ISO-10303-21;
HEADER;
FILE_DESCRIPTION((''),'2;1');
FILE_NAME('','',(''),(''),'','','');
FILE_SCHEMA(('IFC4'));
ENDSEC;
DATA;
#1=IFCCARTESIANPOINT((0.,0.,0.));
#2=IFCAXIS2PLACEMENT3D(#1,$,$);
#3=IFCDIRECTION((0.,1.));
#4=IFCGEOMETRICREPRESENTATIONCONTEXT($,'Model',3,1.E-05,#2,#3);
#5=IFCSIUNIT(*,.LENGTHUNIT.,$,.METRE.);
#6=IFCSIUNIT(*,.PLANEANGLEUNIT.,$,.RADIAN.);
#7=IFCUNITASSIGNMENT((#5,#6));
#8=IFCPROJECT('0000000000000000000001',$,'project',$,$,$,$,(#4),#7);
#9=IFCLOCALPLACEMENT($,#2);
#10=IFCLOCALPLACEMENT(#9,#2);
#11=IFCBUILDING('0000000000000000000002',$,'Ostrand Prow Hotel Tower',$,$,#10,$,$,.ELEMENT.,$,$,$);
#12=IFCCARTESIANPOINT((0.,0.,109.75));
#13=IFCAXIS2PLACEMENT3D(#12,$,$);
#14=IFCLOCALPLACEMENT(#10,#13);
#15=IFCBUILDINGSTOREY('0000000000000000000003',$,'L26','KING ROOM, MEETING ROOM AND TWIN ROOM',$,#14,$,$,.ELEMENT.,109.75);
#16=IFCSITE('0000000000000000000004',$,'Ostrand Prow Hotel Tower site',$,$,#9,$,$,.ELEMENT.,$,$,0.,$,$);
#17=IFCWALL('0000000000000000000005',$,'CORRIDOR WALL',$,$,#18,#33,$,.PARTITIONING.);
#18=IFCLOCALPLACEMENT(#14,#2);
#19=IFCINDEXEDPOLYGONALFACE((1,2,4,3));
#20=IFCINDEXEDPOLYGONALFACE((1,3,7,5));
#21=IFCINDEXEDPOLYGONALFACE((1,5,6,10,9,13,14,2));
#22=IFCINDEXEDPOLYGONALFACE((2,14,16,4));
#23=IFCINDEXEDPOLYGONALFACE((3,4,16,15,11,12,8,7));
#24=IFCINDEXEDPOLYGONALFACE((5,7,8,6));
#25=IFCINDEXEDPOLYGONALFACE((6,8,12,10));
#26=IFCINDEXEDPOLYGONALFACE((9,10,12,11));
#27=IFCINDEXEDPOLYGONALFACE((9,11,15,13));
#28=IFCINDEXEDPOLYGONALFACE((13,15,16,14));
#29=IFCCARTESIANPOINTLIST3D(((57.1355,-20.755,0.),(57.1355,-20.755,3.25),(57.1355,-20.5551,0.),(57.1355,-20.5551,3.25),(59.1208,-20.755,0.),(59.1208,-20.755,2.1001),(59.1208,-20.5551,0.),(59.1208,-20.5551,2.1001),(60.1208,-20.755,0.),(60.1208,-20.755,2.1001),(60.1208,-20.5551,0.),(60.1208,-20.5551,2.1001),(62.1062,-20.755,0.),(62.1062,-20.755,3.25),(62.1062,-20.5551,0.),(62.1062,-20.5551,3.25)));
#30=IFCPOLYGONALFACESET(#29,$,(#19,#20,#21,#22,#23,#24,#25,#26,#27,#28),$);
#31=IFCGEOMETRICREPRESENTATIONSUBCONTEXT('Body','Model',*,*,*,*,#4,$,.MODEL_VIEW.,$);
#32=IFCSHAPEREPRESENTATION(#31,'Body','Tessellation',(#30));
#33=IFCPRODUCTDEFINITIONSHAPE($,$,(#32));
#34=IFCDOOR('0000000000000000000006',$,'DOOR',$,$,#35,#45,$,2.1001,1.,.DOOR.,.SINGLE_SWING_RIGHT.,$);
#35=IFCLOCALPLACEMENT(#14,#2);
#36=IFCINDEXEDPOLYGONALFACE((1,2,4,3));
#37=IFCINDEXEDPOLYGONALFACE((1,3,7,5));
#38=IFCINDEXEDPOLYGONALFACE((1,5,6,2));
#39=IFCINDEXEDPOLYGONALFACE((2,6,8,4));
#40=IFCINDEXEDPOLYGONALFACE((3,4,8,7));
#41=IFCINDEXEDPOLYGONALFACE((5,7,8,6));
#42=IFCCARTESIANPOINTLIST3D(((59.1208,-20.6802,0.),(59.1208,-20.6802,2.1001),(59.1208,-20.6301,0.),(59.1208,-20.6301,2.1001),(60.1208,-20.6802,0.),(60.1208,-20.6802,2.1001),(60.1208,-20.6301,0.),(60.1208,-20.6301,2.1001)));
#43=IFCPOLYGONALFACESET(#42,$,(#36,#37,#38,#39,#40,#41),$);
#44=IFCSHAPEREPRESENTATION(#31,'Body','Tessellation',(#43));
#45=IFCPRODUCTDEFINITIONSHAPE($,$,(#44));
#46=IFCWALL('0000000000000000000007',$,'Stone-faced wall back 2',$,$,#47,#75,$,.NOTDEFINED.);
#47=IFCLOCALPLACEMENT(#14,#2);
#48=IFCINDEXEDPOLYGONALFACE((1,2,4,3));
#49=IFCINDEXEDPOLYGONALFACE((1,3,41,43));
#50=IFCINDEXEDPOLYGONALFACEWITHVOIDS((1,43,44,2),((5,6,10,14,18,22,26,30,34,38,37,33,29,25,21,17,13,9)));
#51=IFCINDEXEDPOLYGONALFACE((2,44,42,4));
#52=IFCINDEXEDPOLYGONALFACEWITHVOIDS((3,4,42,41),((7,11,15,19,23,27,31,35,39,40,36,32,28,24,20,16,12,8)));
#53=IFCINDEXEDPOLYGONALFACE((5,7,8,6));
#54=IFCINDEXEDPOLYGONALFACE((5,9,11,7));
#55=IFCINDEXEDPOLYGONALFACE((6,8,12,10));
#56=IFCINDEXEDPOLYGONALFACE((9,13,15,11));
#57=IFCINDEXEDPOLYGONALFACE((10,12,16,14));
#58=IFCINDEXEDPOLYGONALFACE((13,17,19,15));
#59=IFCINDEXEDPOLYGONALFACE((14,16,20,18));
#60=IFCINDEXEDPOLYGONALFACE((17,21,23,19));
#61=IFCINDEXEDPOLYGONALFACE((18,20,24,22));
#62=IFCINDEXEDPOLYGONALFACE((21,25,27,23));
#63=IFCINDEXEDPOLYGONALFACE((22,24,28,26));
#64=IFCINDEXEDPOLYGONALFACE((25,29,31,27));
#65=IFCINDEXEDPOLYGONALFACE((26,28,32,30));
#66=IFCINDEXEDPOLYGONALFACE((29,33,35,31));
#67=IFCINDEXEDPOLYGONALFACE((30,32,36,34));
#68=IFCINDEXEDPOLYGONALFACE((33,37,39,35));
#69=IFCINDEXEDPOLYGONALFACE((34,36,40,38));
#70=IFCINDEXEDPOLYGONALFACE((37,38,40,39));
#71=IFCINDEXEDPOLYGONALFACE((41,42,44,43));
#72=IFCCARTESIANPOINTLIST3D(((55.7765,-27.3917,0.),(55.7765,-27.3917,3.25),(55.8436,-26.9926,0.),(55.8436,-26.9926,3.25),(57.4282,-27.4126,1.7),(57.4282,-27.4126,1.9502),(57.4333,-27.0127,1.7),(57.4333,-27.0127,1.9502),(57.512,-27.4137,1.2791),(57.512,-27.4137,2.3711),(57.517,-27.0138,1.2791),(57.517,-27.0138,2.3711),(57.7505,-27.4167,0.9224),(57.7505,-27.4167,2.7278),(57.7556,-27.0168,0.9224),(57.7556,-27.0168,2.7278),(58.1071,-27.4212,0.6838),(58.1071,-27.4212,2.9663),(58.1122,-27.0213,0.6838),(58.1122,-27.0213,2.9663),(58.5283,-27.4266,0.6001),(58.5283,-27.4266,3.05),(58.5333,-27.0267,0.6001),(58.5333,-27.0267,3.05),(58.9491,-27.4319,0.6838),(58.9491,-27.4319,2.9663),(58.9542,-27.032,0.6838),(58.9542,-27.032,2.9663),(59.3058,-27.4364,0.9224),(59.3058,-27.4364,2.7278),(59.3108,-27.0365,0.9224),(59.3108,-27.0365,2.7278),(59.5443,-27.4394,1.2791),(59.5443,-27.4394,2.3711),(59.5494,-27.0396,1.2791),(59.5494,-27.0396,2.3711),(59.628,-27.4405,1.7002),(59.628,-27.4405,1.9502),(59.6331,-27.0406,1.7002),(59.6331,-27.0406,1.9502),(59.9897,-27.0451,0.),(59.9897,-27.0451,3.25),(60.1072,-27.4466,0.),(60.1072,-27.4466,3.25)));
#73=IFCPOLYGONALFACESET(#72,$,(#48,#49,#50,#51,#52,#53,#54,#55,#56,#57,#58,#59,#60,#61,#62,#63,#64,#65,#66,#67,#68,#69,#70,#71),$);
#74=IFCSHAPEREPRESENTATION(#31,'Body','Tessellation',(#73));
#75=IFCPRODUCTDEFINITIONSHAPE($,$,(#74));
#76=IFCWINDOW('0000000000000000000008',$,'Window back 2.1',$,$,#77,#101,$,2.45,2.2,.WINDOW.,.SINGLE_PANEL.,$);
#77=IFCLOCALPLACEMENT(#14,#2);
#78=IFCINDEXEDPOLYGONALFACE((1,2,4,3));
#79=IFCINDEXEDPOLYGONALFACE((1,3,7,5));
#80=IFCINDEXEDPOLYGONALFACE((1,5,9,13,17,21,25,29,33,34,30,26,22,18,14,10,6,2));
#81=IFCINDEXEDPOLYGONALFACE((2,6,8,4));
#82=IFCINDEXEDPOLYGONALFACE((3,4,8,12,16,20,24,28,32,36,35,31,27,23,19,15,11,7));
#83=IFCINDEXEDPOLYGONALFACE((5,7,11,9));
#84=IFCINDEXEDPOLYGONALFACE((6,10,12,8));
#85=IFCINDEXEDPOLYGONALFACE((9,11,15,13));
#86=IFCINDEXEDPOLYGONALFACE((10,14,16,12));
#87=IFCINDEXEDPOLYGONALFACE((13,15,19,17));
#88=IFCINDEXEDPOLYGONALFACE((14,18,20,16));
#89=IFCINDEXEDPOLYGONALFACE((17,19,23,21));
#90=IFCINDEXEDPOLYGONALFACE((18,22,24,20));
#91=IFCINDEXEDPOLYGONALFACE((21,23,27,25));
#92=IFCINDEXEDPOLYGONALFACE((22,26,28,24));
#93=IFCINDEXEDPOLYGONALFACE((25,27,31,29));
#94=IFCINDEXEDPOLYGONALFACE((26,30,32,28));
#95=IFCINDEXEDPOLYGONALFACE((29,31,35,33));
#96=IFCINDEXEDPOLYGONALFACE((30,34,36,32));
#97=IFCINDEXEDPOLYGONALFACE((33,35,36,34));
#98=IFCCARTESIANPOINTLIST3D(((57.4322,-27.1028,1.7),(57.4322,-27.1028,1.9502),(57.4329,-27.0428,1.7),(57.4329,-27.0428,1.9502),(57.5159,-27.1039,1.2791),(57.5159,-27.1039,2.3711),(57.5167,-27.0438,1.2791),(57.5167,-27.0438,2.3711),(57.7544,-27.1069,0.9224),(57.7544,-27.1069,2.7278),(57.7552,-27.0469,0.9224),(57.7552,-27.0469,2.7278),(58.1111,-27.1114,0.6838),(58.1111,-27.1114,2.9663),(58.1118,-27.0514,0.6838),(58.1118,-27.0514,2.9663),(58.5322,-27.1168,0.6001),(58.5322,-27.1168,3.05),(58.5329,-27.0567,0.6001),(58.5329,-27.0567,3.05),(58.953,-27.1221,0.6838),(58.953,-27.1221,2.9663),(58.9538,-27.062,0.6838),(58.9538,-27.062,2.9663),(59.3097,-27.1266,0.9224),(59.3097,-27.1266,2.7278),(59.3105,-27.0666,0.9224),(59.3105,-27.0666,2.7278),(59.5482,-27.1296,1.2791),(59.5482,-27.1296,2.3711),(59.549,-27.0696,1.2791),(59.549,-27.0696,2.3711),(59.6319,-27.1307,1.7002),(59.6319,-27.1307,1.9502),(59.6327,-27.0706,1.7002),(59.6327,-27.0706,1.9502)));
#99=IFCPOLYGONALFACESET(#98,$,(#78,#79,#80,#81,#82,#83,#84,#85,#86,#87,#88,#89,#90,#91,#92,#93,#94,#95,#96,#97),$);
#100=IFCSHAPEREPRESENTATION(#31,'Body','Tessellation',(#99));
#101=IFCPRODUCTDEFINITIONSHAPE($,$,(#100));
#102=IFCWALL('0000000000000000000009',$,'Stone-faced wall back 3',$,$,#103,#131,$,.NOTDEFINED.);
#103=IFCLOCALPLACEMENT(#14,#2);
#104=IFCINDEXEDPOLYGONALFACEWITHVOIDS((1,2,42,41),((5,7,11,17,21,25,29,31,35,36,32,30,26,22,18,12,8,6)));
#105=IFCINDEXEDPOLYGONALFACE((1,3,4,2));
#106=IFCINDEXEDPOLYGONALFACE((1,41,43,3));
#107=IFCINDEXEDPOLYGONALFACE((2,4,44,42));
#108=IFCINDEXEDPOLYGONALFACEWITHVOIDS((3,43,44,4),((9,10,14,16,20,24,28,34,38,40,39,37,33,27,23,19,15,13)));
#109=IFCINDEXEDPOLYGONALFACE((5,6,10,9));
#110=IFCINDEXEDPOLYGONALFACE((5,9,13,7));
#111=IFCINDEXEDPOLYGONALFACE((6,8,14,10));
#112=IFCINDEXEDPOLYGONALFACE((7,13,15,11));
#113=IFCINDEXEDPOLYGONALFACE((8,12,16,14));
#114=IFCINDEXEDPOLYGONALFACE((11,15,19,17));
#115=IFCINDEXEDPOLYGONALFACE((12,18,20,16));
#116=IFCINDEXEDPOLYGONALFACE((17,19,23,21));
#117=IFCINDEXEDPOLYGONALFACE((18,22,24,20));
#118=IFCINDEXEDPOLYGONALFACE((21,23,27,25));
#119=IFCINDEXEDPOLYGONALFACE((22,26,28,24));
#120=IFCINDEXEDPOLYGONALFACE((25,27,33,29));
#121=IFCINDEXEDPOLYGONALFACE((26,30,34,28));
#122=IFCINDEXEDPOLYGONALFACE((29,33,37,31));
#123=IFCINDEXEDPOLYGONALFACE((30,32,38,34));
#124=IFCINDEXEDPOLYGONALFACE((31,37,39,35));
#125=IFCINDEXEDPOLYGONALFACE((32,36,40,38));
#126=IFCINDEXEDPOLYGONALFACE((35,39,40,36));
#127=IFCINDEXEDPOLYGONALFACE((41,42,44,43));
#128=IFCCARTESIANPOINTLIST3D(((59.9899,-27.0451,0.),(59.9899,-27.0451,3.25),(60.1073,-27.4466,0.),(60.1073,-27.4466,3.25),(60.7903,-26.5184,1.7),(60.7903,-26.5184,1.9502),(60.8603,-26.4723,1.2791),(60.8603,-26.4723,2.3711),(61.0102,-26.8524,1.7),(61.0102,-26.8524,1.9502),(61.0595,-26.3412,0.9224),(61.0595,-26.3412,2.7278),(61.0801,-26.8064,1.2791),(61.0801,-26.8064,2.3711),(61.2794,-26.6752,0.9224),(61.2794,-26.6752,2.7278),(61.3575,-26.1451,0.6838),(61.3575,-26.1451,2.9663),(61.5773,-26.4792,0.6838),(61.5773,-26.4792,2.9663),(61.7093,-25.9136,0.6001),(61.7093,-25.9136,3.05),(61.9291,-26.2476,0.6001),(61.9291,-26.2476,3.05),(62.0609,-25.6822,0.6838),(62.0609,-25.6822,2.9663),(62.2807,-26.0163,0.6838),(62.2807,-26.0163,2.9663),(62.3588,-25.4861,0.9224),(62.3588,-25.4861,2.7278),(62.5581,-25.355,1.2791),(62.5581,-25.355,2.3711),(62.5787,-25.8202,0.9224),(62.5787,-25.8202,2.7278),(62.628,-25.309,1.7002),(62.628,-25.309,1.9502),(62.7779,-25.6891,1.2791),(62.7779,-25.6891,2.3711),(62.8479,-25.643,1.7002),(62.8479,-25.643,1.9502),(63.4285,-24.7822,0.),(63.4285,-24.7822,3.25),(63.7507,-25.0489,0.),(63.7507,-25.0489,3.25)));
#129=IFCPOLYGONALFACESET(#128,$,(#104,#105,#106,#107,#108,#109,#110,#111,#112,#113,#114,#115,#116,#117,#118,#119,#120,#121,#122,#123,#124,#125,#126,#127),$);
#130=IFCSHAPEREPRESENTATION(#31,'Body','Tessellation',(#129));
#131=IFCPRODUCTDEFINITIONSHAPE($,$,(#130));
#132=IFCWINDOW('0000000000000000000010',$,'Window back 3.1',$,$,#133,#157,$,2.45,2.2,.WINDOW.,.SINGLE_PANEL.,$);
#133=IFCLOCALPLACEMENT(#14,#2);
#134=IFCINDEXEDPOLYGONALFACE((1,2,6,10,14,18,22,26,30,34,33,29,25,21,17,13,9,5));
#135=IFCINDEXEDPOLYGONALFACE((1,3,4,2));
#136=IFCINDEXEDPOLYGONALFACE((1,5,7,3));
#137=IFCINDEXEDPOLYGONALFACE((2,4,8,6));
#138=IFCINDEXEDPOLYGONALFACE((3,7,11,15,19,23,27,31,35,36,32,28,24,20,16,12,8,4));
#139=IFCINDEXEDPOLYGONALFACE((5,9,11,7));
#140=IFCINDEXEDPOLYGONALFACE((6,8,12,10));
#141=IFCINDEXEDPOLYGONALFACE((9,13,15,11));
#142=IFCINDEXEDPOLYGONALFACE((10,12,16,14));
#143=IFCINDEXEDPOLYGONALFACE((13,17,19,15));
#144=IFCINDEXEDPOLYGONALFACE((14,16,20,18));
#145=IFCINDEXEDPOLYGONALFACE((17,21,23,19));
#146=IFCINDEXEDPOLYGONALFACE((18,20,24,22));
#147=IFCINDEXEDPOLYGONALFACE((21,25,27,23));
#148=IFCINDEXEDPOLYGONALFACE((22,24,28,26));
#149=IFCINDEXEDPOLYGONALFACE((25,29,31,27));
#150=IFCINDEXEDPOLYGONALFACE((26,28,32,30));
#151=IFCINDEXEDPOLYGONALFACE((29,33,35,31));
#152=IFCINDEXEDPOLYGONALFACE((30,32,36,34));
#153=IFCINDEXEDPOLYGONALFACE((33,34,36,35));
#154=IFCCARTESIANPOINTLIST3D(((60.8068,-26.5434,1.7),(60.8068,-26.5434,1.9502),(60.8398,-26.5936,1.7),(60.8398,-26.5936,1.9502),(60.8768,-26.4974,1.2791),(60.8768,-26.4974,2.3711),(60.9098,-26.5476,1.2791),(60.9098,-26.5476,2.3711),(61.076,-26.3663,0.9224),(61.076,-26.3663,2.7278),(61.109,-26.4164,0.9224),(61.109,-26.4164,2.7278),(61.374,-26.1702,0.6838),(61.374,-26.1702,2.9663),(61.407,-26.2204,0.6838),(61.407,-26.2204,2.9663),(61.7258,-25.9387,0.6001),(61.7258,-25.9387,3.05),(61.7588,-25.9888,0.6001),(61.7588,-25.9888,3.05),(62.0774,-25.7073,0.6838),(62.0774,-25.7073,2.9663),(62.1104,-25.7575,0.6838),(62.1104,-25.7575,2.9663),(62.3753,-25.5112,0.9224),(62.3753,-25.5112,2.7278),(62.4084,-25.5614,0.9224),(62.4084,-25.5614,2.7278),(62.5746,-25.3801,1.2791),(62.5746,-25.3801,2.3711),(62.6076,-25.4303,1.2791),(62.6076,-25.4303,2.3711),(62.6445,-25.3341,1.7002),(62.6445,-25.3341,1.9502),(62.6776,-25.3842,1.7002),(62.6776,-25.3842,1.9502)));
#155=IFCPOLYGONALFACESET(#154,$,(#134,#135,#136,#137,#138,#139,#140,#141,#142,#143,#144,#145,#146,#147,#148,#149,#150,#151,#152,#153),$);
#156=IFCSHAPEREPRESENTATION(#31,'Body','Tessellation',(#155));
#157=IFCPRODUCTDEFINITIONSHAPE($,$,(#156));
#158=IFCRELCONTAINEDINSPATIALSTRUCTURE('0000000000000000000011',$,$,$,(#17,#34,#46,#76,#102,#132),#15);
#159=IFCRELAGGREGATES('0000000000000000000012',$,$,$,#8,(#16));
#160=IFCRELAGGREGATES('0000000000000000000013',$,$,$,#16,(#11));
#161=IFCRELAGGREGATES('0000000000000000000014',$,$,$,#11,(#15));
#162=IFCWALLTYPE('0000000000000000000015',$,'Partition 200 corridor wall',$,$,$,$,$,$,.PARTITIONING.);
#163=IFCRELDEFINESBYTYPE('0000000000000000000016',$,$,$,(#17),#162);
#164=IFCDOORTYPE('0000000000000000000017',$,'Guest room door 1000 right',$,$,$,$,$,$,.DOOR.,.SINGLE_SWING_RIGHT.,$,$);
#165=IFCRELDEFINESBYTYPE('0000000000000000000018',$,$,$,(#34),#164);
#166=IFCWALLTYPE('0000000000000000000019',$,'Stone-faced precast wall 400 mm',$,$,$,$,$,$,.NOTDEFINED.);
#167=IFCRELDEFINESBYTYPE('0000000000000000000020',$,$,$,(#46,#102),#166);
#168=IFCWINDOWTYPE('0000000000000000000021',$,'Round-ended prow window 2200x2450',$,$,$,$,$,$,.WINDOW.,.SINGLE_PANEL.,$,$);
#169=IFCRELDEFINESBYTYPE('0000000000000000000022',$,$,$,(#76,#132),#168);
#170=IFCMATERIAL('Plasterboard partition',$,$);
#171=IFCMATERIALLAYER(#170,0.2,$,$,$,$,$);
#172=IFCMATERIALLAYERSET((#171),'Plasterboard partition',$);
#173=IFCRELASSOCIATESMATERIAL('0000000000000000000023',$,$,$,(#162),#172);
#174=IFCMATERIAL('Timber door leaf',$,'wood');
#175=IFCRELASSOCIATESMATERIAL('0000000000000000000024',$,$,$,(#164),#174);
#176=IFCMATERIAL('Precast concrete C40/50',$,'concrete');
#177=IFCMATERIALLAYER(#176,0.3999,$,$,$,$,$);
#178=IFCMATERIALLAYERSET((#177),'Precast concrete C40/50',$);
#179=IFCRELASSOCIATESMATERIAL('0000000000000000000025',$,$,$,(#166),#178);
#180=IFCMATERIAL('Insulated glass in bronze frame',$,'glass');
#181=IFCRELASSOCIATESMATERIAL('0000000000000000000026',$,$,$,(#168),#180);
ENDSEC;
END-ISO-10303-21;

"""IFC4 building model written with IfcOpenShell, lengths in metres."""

from ifc_helpers import new_model, si_unit, direction, frame, frame_2d, origin, place, context, subcontext, project, spatial, polyline, rectangle, outline, extrude, material, layer, layer_set, type_object, element, fill, save


model = new_model("IFC4")

# Units and contexts
model_context = context("Model", 3, precision=1e-05, world=origin(), true_north=direction((0.0, 1.0)))
body_context = subcontext(model_context, "Body", "Model", "MODEL_VIEW")
ifc_project = project(units=[si_unit("LENGTHUNIT", "METRE"), si_unit("PLANEANGLEUNIT", "RADIAN")], contexts=[model_context])

# Site, building, storey
site_placement = place(None, origin())
site = spatial("IfcSite", under=ifc_project, at=site_placement, Name="Ostrand Prow Hotel Tower site", CompositionType="ELEMENT", RefElevation=0.0)
building_placement = place(site_placement, origin())
building = spatial("IfcBuilding", under=site, at=building_placement, Name="Ostrand Prow Hotel Tower", CompositionType="ELEMENT")
storey_placement = place(building_placement, frame((0.0, 0.0, 109.75)))
storey = spatial("IfcBuildingStorey", under=building, at=storey_placement, Name="L26", Description="KING ROOM, MEETING ROOM AND TWIN ROOM", CompositionType="ELEMENT", Elevation=109.75)

# Wall, opening, door
ifc_material_1 = material(Name="Plasterboard partition")
ifc_layer_1 = layer(ifc_material_1, 0.2)
ifc_layer_set_1 = layer_set([ifc_layer_1], Name="Plasterboard partition")
wall_type_1 = type_object("IfcWallType", Name="Partition 200 corridor wall", PredefinedType="PARTITIONING", material=ifc_layer_set_1)
wall_1_placement = place(storey_placement, frame((57.1355, -20.655, 0.0), z_axis=(0.0, 0.0, 1.0), x_axis=(1.0, 0.0, 0.0)))
wall_1 = element("IfcWall", 1, at=wall_1_placement, inside=storey, type_object=wall_type_1, Name="CORRIDOR WALL", PredefinedType="PARTITIONING", context=body_context, shape_type="SweptSolid", body=[
    extrude(rectangle(XDim=4.9707, YDim=0.2, at=frame_2d((2.4854, 0.0))), origin(), (0.0, 0.0, 1.0), 3.25),
])
opening_1_placement = place(wall_1_placement, frame((1.9854, 0.0, 0.0)))
opening_1 = element("IfcOpeningElement", 2, at=opening_1_placement, cuts=wall_1, PredefinedType="OPENING", context=body_context, shape_type="SweptSolid", body=[
    extrude(rectangle(XDim=1.0, YDim=2.1001, at=frame_2d((0.5, 1.05))), frame((0.0, 0.1099, 0.0), z_axis=(0.0, -1.0, 0.0), x_axis=(1.0, 0.0, 0.0)), (0.0, 0.0, 1.0), 0.22),
])
ifc_material_2 = material(Name="Timber door leaf", Category="wood")
door_type_1 = type_object("IfcDoorType", Name="Guest room door 1000 right", OperationType="SINGLE_SWING_RIGHT", PredefinedType="DOOR", material=ifc_material_2)
door_1_placement = place(opening_1_placement, origin())
door_1 = element("IfcDoor", 3, at=door_1_placement, inside=storey, type_object=door_type_1, Name="DOOR", OperationType="SINGLE_SWING_RIGHT", OverallHeight=2.1001, OverallWidth=1.0, PredefinedType="DOOR", context=body_context, shape_type="SweptSolid", body=[
    extrude(rectangle(XDim=1.0, YDim=2.1001, at=frame_2d((0.5, 1.05))), frame((0.0, 0.0249, 0.0), z_axis=(0.0, -1.0, 0.0), x_axis=(1.0, 0.0, 0.0)), (0.0, 0.0, 1.0), 0.05),
])
fill(opening_1, door_1)

# Walls, openings, windows
ifc_material_3 = material(Name="Precast concrete C40/50", Category="concrete")
ifc_layer_2 = layer(ifc_material_3, 0.3999)
ifc_layer_set_2 = layer_set([ifc_layer_2], Name="Precast concrete C40/50")
wall_type_2 = type_object("IfcWallType", Name="Stone-faced precast wall 400 mm", PredefinedType="NOTDEFINED", material=ifc_layer_set_2)
wall_2_placement = place(storey_placement, frame((55.8101, -27.1921, 0.0), z_axis=(0.0, 0.0, 1.0), x_axis=(0.99992, -0.012671, 0.0)))
wall_2 = element("IfcWall", 4, at=wall_2_placement, inside=storey, type_object=wall_type_2, Name="Stone-faced wall back 2", PredefinedType="NOTDEFINED", context=body_context, shape_type="SweptSolid", body=[
    extrude(outline(polyline([(-0.031, -0.2), (4.3, -0.2), (4.1775, 0.2), (0.031, 0.2), (-0.031, -0.2)])), origin(), (0.0, 0.0, 1.0), 3.25),
])
opening_2_placement = place(wall_2_placement, frame((1.6208, 0.0, 0.6001)))
opening_2 = element("IfcOpeningElement", 5, at=opening_2_placement, cuts=wall_2, PredefinedType="OPENING", context=body_context, shape_type="SweptSolid", body=[
    extrude(outline(polyline([(0.0, 1.3501), (0.0837, 1.771), (0.3223, 2.1277), (0.679, 2.3662), (1.1001, 2.45), (1.521, 2.3662), (1.8777, 2.1277), (2.1162, 1.771), (2.2, 1.3501), (2.2, 1.1001), (2.1162, 0.679), (1.8777, 0.3223), (1.521, 0.0837), (1.1001, 0.0), (0.679, 0.0837), (0.3223, 0.3223), (0.0837, 0.679), (0.0, 1.0999), (0.0, 1.3501)])), frame((0.0, 0.21, 0.0), z_axis=(0.0, -1.0, 0.0), x_axis=(1.0, 0.0, 0.0)), (0.0, 0.0, 1.0), 0.4199),
])
ifc_material_4 = material(Name="Insulated glass in bronze frame", Category="glass")
window_type_1 = type_object("IfcWindowType", Name="Round-ended prow window 2200x2450", PartitioningType="SINGLE_PANEL", PredefinedType="WINDOW", material=ifc_material_4)
window_1_placement = place(opening_2_placement, origin())
window_1 = element("IfcWindow", 6, at=window_1_placement, inside=storey, type_object=window_type_1, Name="Window back 2.1", OverallHeight=2.45, OverallWidth=2.2, PartitioningType="SINGLE_PANEL", PredefinedType="WINDOW", context=body_context, shape_type="SweptSolid", body=[
    extrude(outline(polyline([(0.0, 1.3501), (0.0837, 1.771), (0.3223, 2.1277), (0.679, 2.3662), (1.1001, 2.45), (1.521, 2.3662), (1.8777, 2.1277), (2.1162, 1.771), (2.2, 1.3501), (2.2, 1.1001), (2.1162, 0.679), (1.8777, 0.3223), (1.521, 0.0837), (1.1001, 0.0), (0.679, 0.0837), (0.3223, 0.3223), (0.0837, 0.679), (0.0, 1.0999), (0.0, 1.3501)])), frame((0.0, 0.1699, 0.0), z_axis=(0.0, -1.0, 0.0), x_axis=(1.0, 0.0, 0.0)), (0.0, 0.0, 1.0), 0.0601),
])
fill(opening_2, window_1)
wall_3_placement = place(storey_placement, frame((60.0486, -27.2458, 0.0), z_axis=(0.0, 0.0, 1.0), x_axis=(0.835341, 0.549733, 0.0)))
wall_3 = element("IfcWall", 7, at=wall_3_placement, inside=storey, type_object=wall_type_2, Name="Stone-faced wall back 3", PredefinedType="NOTDEFINED", context=body_context, shape_type="SweptSolid", body=[
    extrude(outline(polyline([(-0.0613, -0.2), (4.3003, -0.2), (4.1777, 0.2), (0.0613, 0.2), (-0.0613, -0.2)])), origin(), (0.0, 0.0, 1.0), 3.25),
])
opening_3_placement = place(wall_3_placement, frame((1.0195, 0.0, 0.6001)))
opening_3 = element("IfcOpeningElement", 8, at=opening_3_placement, cuts=wall_3, PredefinedType="OPENING", context=body_context, shape_type="SweptSolid", body=[
    extrude(outline(polyline([(0.0, 1.3501), (0.0837, 1.771), (0.3223, 2.1277), (0.679, 2.3662), (1.1001, 2.45), (1.521, 2.3662), (1.8777, 2.1277), (2.1162, 1.771), (2.2, 1.3501), (2.2, 1.1001), (2.1162, 0.679), (1.8777, 0.3223), (1.521, 0.0837), (1.1001, 0.0), (0.679, 0.0837), (0.3223, 0.3223), (0.0837, 0.679), (0.0, 1.0999), (0.0, 1.3501)])), frame((0.0, 0.21, 0.0), z_axis=(0.0, -1.0, 0.0), x_axis=(1.0, 0.0, 0.0)), (0.0, 0.0, 1.0), 0.4199),
])
window_2_placement = place(opening_3_placement, origin())
window_2 = element("IfcWindow", 9, at=window_2_placement, inside=storey, type_object=window_type_1, Name="Window back 3.1", OverallHeight=2.45, OverallWidth=2.2, PartitioningType="SINGLE_PANEL", PredefinedType="WINDOW", context=body_context, shape_type="SweptSolid", body=[
    extrude(outline(polyline([(0.0, 1.3501), (0.0837, 1.771), (0.3223, 2.1277), (0.679, 2.3662), (1.1001, 2.45), (1.521, 2.3662), (1.8777, 2.1277), (2.1162, 1.771), (2.2, 1.3501), (2.2, 1.1001), (2.1162, 0.679), (1.8777, 0.3223), (1.521, 0.0837), (1.1001, 0.0), (0.679, 0.0837), (0.3223, 0.3223), (0.0837, 0.679), (0.0, 1.0999), (0.0, 1.3501)])), frame((0.0, 0.1699, 0.0), z_axis=(0.0, -1.0, 0.0), x_axis=(1.0, 0.0, 0.0)), (0.0, 0.0, 1.0), 0.0601),
])
fill(opening_3, window_2)

save(model, "model.ifc")
